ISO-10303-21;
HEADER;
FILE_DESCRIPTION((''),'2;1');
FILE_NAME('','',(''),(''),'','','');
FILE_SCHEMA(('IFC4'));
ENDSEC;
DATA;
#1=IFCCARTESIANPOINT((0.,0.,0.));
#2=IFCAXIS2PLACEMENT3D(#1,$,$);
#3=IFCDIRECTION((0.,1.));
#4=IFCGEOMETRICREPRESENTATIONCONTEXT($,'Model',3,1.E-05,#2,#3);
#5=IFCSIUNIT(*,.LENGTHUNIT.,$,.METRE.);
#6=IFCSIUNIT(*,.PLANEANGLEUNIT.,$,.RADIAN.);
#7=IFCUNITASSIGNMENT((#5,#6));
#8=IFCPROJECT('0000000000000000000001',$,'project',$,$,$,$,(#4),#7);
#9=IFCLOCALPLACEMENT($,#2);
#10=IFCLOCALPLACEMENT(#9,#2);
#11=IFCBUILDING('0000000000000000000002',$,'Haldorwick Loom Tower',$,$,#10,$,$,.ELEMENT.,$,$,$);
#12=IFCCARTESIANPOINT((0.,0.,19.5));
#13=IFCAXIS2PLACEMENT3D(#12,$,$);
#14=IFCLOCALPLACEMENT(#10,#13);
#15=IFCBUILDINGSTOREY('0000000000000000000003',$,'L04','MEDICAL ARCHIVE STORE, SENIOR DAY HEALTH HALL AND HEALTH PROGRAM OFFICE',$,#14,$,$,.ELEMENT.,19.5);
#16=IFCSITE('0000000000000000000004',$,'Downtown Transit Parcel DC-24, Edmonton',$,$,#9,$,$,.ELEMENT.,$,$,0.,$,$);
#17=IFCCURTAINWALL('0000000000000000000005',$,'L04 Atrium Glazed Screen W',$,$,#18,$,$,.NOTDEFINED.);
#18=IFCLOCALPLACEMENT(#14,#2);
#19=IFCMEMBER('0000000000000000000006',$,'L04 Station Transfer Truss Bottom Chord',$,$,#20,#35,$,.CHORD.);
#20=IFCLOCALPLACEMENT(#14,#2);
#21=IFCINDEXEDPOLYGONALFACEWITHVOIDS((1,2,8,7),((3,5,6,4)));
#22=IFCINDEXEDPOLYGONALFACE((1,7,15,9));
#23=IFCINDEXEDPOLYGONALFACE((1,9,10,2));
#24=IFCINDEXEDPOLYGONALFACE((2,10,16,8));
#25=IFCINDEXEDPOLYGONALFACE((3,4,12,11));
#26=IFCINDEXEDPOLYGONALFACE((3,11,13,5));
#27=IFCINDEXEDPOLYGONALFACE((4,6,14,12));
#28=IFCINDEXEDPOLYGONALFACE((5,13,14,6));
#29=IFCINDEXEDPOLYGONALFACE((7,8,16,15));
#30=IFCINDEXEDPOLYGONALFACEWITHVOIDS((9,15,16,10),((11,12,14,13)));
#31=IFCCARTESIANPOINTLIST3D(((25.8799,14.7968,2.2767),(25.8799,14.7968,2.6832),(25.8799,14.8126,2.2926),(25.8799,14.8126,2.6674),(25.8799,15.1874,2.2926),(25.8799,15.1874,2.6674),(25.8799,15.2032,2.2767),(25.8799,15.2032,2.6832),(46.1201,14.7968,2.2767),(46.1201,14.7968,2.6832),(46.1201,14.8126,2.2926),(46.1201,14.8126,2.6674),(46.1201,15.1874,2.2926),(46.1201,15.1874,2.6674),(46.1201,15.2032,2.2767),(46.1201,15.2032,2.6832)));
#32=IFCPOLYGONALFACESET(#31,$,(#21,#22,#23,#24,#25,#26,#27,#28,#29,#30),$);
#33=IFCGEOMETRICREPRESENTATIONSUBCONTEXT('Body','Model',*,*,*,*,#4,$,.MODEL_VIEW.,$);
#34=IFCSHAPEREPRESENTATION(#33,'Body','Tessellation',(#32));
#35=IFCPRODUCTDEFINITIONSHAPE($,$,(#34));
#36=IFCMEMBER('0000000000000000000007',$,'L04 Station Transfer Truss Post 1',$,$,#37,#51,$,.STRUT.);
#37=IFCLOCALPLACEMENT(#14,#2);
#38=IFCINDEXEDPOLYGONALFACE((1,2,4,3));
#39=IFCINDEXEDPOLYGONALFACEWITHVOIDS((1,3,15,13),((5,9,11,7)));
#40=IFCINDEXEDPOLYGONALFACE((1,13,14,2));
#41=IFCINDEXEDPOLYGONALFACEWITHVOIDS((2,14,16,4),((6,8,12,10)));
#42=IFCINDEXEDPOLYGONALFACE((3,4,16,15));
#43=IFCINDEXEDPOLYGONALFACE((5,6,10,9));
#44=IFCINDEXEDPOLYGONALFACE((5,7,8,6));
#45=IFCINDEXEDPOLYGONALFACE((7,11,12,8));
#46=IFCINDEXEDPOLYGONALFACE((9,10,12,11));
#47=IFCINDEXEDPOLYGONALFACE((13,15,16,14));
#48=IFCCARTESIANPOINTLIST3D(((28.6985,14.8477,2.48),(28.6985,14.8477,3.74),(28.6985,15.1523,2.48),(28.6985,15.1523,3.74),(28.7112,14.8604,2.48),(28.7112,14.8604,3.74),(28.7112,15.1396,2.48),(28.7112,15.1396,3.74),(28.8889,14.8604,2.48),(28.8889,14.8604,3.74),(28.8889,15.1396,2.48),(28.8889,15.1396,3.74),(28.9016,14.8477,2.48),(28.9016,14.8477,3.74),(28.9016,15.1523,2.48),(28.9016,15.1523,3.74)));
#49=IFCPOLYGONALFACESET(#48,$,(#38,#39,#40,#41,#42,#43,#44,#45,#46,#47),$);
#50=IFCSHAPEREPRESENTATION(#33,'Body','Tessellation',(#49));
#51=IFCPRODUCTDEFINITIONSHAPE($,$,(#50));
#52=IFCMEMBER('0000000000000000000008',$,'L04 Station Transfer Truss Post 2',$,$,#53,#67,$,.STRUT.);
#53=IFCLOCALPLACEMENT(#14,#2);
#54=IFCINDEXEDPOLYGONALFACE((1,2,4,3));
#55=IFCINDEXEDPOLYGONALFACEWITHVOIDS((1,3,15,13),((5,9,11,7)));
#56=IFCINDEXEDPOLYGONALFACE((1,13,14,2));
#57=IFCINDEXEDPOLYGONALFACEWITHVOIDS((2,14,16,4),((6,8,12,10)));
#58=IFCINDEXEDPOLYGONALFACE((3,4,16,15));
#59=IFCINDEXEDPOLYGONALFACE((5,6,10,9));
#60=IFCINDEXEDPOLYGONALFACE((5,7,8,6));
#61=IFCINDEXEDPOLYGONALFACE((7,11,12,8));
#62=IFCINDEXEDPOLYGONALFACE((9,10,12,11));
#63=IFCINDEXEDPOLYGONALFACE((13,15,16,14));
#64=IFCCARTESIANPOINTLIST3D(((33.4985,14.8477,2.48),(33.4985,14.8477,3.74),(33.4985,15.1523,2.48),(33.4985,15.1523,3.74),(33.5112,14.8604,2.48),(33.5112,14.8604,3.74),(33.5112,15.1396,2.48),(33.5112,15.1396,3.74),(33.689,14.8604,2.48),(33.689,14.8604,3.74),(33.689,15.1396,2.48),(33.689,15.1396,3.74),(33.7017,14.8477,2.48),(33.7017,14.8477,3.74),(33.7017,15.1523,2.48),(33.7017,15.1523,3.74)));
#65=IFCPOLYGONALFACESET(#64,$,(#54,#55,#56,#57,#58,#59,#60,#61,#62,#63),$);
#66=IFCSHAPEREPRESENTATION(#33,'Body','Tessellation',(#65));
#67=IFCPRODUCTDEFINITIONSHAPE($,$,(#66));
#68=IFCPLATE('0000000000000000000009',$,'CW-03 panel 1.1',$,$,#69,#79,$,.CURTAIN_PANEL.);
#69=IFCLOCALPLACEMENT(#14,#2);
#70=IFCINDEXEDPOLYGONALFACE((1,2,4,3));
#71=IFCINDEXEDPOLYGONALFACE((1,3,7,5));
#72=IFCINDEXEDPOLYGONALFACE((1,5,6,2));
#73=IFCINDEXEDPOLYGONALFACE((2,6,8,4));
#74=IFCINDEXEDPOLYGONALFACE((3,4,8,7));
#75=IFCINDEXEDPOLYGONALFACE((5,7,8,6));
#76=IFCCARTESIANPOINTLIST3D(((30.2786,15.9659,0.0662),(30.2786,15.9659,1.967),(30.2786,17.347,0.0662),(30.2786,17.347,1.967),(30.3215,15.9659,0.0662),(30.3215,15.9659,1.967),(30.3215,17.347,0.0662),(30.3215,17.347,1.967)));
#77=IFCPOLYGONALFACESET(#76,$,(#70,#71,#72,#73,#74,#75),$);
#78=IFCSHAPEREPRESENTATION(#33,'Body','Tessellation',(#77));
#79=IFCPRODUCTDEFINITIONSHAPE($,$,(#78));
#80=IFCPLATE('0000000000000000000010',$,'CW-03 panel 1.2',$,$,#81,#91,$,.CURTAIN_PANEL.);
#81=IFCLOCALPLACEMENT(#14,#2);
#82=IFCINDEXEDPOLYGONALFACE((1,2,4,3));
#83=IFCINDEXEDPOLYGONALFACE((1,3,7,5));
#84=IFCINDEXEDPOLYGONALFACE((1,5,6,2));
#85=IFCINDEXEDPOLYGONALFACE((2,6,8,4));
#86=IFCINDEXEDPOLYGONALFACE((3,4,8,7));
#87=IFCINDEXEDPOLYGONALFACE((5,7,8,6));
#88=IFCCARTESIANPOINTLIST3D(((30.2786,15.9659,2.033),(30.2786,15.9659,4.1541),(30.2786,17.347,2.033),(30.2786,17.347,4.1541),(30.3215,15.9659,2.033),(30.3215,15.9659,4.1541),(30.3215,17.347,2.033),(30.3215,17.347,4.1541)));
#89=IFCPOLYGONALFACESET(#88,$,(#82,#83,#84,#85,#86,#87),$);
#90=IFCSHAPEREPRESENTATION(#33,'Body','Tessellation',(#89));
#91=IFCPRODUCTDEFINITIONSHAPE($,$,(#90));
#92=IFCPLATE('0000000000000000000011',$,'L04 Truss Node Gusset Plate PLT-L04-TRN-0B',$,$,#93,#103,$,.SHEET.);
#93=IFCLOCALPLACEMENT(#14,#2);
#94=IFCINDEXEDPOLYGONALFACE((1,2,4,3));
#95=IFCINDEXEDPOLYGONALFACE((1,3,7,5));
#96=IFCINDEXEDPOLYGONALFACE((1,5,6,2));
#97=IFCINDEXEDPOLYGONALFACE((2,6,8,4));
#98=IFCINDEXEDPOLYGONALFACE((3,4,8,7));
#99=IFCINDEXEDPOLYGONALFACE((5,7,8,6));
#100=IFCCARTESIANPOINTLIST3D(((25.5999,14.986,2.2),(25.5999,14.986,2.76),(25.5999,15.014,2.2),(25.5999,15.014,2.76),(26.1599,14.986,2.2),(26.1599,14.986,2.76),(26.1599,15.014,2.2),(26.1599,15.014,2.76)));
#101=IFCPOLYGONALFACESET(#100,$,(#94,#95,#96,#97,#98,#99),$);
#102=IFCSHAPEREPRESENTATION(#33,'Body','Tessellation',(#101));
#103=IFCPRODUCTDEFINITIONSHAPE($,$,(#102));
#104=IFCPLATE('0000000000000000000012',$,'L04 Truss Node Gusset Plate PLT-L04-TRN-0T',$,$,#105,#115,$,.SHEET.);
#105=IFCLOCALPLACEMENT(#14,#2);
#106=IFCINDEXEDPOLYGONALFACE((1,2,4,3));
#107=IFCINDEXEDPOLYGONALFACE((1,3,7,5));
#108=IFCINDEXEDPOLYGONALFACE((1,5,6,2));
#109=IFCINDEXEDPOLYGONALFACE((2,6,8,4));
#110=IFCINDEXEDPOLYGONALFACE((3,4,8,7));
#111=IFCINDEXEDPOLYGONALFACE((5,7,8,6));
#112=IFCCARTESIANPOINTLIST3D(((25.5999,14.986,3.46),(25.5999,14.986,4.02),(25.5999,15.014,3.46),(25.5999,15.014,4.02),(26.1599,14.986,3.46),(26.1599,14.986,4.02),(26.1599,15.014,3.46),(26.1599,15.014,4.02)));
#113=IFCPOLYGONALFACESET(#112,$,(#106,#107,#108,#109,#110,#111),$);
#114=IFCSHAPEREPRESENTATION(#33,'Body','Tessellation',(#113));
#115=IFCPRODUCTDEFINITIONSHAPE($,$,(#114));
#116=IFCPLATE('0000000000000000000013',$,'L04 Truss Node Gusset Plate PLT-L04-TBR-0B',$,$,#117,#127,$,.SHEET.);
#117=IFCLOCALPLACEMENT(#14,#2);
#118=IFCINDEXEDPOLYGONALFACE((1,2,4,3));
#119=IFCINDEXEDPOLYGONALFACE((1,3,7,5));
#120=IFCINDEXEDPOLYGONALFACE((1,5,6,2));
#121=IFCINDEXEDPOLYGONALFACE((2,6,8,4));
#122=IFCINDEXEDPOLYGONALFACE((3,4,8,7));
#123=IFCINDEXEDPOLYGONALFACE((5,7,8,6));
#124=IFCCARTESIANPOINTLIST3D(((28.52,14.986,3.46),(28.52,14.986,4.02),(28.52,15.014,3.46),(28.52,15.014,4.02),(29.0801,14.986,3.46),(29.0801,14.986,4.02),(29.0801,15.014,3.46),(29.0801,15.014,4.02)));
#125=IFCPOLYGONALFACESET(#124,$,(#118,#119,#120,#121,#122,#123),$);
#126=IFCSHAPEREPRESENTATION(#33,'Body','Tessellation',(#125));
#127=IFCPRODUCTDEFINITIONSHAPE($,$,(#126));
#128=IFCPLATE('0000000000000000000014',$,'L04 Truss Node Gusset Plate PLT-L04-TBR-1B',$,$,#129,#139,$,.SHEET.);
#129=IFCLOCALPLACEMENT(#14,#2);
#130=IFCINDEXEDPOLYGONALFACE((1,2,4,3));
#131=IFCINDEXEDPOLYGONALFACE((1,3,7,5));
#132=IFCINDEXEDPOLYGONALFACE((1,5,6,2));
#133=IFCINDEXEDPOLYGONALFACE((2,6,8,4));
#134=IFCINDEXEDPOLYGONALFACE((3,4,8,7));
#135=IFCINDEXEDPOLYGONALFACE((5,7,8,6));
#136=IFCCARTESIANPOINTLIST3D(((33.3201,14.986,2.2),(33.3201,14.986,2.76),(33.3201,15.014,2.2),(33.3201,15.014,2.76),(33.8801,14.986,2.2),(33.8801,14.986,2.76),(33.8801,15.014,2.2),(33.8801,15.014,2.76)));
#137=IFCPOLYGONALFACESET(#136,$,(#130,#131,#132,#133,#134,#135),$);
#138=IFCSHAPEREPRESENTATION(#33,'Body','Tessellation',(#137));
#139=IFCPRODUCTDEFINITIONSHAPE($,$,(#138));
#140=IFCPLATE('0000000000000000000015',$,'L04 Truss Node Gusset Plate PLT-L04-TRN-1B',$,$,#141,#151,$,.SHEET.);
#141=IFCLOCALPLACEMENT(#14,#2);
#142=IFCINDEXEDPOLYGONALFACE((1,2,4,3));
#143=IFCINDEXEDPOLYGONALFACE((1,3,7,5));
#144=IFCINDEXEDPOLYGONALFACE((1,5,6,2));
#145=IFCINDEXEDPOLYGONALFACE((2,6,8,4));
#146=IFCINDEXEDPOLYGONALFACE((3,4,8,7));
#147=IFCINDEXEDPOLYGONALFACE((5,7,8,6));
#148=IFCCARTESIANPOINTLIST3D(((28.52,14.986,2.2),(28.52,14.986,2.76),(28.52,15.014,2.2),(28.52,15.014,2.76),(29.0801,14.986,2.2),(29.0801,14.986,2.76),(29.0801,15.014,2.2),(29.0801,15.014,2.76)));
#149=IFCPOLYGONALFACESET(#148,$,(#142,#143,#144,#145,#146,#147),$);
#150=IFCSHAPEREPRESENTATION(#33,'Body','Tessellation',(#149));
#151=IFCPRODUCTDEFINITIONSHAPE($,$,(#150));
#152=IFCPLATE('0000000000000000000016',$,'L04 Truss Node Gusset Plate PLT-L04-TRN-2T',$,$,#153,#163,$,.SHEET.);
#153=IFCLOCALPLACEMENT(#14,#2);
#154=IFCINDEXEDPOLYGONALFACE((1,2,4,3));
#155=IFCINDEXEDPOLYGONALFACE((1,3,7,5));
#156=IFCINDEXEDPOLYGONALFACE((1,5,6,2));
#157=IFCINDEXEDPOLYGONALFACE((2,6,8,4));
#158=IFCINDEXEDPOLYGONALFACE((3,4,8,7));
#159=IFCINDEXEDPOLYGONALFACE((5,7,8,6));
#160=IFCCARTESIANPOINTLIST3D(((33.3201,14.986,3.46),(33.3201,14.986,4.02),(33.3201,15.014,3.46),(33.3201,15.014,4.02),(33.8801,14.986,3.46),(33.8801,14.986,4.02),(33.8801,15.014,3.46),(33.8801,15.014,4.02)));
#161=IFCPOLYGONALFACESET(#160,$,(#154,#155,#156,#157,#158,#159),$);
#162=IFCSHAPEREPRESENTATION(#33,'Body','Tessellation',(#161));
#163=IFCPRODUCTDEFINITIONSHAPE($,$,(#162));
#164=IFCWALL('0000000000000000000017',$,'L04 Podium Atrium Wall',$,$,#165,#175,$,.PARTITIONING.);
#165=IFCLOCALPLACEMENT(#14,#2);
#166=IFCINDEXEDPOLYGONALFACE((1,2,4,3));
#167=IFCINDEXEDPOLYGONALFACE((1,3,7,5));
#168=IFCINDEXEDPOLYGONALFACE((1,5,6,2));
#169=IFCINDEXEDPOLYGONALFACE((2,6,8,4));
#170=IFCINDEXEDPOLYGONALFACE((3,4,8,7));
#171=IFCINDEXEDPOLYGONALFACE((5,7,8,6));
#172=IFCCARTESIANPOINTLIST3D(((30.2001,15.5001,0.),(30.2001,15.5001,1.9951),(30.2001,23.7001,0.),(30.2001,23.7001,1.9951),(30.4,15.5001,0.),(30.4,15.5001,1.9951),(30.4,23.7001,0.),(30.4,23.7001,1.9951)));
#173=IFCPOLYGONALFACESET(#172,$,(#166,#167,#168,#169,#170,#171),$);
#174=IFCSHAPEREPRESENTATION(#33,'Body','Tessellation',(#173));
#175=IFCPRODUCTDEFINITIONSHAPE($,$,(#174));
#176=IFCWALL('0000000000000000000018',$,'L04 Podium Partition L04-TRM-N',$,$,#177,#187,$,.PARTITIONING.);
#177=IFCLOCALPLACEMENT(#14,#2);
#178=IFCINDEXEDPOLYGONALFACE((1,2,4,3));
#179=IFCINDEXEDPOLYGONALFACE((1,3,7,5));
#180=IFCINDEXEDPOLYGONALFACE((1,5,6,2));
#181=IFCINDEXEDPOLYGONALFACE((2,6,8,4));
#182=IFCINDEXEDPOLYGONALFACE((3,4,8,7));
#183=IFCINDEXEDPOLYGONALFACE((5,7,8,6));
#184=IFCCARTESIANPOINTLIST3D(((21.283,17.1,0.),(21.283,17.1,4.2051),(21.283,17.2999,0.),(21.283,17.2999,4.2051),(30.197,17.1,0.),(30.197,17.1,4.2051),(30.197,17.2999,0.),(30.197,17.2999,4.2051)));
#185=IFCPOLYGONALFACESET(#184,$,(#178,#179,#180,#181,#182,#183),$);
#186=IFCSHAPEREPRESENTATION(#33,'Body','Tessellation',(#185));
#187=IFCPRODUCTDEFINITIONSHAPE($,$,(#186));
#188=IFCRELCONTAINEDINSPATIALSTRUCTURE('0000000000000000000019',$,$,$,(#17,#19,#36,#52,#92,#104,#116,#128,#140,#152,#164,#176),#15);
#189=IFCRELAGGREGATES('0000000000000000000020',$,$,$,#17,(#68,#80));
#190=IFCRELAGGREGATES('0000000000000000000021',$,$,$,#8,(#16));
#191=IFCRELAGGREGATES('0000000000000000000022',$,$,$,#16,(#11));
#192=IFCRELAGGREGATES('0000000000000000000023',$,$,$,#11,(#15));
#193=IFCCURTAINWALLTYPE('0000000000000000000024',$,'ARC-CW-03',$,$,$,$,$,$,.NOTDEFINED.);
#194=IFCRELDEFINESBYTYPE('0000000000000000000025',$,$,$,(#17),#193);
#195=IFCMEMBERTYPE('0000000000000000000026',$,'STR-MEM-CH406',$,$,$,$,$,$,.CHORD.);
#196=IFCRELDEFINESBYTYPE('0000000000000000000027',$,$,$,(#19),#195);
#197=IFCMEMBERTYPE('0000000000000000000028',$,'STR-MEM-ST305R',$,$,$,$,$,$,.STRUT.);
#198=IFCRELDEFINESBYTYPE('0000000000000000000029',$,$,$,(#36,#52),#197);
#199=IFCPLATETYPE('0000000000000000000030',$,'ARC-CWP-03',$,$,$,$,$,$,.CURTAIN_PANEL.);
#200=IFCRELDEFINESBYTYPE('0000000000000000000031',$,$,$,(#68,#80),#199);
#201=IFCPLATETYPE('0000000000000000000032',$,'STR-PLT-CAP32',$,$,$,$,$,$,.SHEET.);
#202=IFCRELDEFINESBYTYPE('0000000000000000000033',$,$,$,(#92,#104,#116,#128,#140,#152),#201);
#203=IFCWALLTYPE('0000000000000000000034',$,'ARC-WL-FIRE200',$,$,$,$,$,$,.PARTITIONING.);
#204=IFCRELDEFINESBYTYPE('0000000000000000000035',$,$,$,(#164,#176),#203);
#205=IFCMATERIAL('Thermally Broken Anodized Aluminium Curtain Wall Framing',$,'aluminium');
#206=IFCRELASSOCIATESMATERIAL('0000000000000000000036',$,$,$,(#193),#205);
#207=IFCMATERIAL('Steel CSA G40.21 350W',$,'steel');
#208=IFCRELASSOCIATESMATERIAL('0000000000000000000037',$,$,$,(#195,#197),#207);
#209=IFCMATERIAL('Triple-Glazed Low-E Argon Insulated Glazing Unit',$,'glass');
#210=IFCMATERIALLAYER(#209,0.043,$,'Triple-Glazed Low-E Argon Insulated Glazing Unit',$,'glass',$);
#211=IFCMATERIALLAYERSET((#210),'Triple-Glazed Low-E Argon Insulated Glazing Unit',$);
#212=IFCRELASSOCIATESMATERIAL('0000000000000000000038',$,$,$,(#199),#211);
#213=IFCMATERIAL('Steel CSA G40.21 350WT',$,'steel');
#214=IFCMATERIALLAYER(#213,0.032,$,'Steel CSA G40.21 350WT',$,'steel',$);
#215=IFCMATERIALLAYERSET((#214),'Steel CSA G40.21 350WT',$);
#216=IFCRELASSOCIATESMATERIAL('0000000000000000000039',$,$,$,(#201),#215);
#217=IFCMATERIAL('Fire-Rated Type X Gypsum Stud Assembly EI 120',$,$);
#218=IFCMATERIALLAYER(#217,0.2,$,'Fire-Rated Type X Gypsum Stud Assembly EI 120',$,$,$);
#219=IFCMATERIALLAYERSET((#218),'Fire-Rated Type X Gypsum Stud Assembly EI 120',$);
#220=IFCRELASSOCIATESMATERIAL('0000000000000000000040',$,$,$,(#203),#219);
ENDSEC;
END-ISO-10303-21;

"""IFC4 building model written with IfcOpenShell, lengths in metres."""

from ifc_helpers import new_model, si_unit, direction, frame, frame_2d, origin, origin_2d, place, context, subcontext, project, spatial, rectangle, hollow_rectangle, extrude, material, layer, layer_set, material_profile, profile_set, type_object, element, aggregate, save


model = new_model("IFC4")

# Units and contexts
model_context = context("Model", 3, precision=1e-05, world=origin(), true_north=direction((0.0, 1.0)))
body_context = subcontext(model_context, "Body", "Model", "MODEL_VIEW")
ifc_project = project(units=[si_unit("LENGTHUNIT", "METRE"), si_unit("PLANEANGLEUNIT", "RADIAN")], contexts=[model_context])

# Site, building, storey
site_placement = place(None, origin())
site = spatial("IfcSite", under=ifc_project, at=site_placement, Name="Downtown Transit Parcel DC-24, Edmonton", CompositionType="ELEMENT", RefElevation=0.0)
building_placement = place(site_placement, origin())
building = spatial("IfcBuilding", under=site, at=building_placement, Name="Haldorwick Loom Tower", CompositionType="ELEMENT")
storey_placement = place(building_placement, frame((0.0, 0.0, 19.5)))
storey = spatial("IfcBuildingStorey", under=building, at=storey_placement, Name="L04", Description="MEDICAL ARCHIVE STORE, SENIOR DAY HEALTH HALL AND HEALTH PROGRAM OFFICE", CompositionType="ELEMENT", Elevation=19.5)

# Curtain wall
ifc_material_1 = material(Name="Thermally Broken Anodized Aluminium Curtain Wall Framing", Category="aluminium")
curtain_wall_type = type_object("IfcCurtainWallType", Name="ARC-CW-03", PredefinedType="NOTDEFINED", material=ifc_material_1)
curtain_wall_placement = place(storey_placement, origin())
curtain_wall = element("IfcCurtainWall", 1, at=curtain_wall_placement, inside=storey, type_object=curtain_wall_type, Name="L04 Atrium Glazed Screen W", PredefinedType="NOTDEFINED")

# Shared definitions
ifc_material_2 = material(Name="Steel CSA G40.21 350WT", Category="steel")

# Members
ifc_material_3 = material(Name="Steel CSA G40.21 350W", Category="steel")
ifc_material_profile_1 = material_profile(ifc_material_3, hollow_rectangle(XDim=0.4065, YDim=0.4065, WallThickness=0.0159, at=origin_2d()), Name="HSS406X406X16", Category="steel")
ifc_profile_set_1 = profile_set([ifc_material_profile_1], Name="Steel CSA G40.21 350W")
member_type_1 = type_object("IfcMemberType", Name="STR-MEM-CH406", PredefinedType="CHORD", material=ifc_profile_set_1)
member_1_placement = place(storey_placement, frame((25.8799, 15.0, 2.48), z_axis=(1.0, 0.0, 0.0), x_axis=(0.0, 1.0, 0.0)))
element("IfcMember", 2, at=member_1_placement, inside=storey, type_object=member_type_1, Name="L04 Station Transfer Truss Bottom Chord", PredefinedType="CHORD", context=body_context, shape_type="SweptSolid", body=[
    extrude(hollow_rectangle(XDim=0.4065, YDim=0.4065, WallThickness=0.0159, at=origin_2d()), origin(), (0.0, 0.0, 1.0), 20.2402),
])
ifc_material_profile_2 = material_profile(ifc_material_3, hollow_rectangle(XDim=0.2031, YDim=0.3047, WallThickness=0.0127, at=origin_2d()), Name="HSS305X203X13", Category="steel")
ifc_profile_set_2 = profile_set([ifc_material_profile_2], Name="Steel CSA G40.21 350W")
member_type_2 = type_object("IfcMemberType", Name="STR-MEM-ST305R", PredefinedType="STRUT", material=ifc_profile_set_2)
for number, where, z_axis, x_axis, name in (
    (3, (28.8, 15.0, 2.48), (0.0, 0.0, 1.0), (1.0, 0.0, 0.0), "L04 Station Transfer Truss Post 1"),
    (4, (33.6001, 15.0, 2.48), (0.0, 0.0, 1.0), (1.0, 0.0, 0.0), "L04 Station Transfer Truss Post 2"),
):
    element("IfcMember", number, at=place(storey_placement, frame(where, z_axis=z_axis, x_axis=x_axis)), inside=storey, type_object=member_type_2, Name=name, PredefinedType="STRUT", context=body_context, shape_type="SweptSolid", body=[
        extrude(hollow_rectangle(XDim=0.2031, YDim=0.3047, WallThickness=0.0127, at=origin_2d()), origin(), (0.0, 0.0, 1.0), 1.26),
    ])

# Plates
ifc_material_4 = material(Name="Triple-Glazed Low-E Argon Insulated Glazing Unit", Category="glass")
ifc_layer_1 = layer(ifc_material_4, 0.043, Name="Triple-Glazed Low-E Argon Insulated Glazing Unit", Category="glass")
ifc_layer_set_1 = layer_set([ifc_layer_1], Name="Triple-Glazed Low-E Argon Insulated Glazing Unit")
plate_type_1 = type_object("IfcPlateType", Name="ARC-CWP-03", PredefinedType="CURTAIN_PANEL", material=ifc_layer_set_1)
plate_1_placement = place(storey_placement, frame((30.3, 16.6565, 0.0662), z_axis=(0.0, 0.0, 1.0), x_axis=(0.0, 1.0, 0.0)))
plate_1 = element("IfcPlate", 5, at=plate_1_placement, type_object=plate_type_1, Name="CW-03 panel 1.1", PredefinedType="CURTAIN_PANEL", context=body_context, shape_type="SweptSolid", body=[
    extrude(rectangle(XDim=1.3811, YDim=0.043, at=origin_2d()), origin(), (0.0, 0.0, 1.0), 1.9009),
])
plate_2_placement = place(storey_placement, frame((30.3, 16.6565, 2.033), z_axis=(0.0, 0.0, 1.0), x_axis=(0.0, 1.0, 0.0)))
plate_2 = element("IfcPlate", 6, at=plate_2_placement, type_object=plate_type_1, Name="CW-03 panel 1.2", PredefinedType="CURTAIN_PANEL", context=body_context, shape_type="SweptSolid", body=[
    extrude(rectangle(XDim=1.3811, YDim=0.043, at=origin_2d()), origin(), (0.0, 0.0, 1.0), 2.1211),
])
aggregate(curtain_wall, [plate_1, plate_2])

# Plates
ifc_layer_2 = layer(ifc_material_2, 0.032, Name="Steel CSA G40.21 350WT", Category="steel")
ifc_layer_set_2 = layer_set([ifc_layer_2], Name="Steel CSA G40.21 350WT")
plate_type_2 = type_object("IfcPlateType", Name="STR-PLT-CAP32", PredefinedType="SHEET", material=ifc_layer_set_2)
for number, where, z_axis, x_axis, name in (
    (7, (25.8799, 15.0, 2.2), (0.0, 0.0, 1.0), (1.0, 0.0, 0.0), "L04 Truss Node Gusset Plate PLT-L04-TRN-0B"),
    (8, (25.8799, 15.0, 3.46), (0.0, 0.0, 1.0), (1.0, 0.0, 0.0), "L04 Truss Node Gusset Plate PLT-L04-TRN-0T"),
    (9, (28.8, 15.0, 3.46), (0.0, 0.0, 1.0), (1.0, 0.0, 0.0), "L04 Truss Node Gusset Plate PLT-L04-TBR-0B"),
    (10, (33.6001, 15.0, 2.2), (0.0, 0.0, 1.0), (1.0, 0.0, 0.0), "L04 Truss Node Gusset Plate PLT-L04-TBR-1B"),
    (11, (28.8, 15.0, 2.2), (0.0, 0.0, 1.0), (1.0, 0.0, 0.0), "L04 Truss Node Gusset Plate PLT-L04-TRN-1B"),
    (12, (33.6001, 15.0, 3.46), (0.0, 0.0, 1.0), (1.0, 0.0, 0.0), "L04 Truss Node Gusset Plate PLT-L04-TRN-2T"),
):
    element("IfcPlate", number, at=place(storey_placement, frame(where, z_axis=z_axis, x_axis=x_axis)), inside=storey, type_object=plate_type_2, Name=name, PredefinedType="SHEET", context=body_context, shape_type="SweptSolid", body=[
        extrude(rectangle(XDim=0.5601, YDim=0.0281, at=origin_2d()), origin(), (0.0, 0.0, 1.0), 0.5601),
    ])

# Walls
ifc_material_5 = material(Name="Fire-Rated Type X Gypsum Stud Assembly EI 120")
ifc_layer_3 = layer(ifc_material_5, 0.2, Name="Fire-Rated Type X Gypsum Stud Assembly EI 120")
ifc_layer_set_3 = layer_set([ifc_layer_3], Name="Fire-Rated Type X Gypsum Stud Assembly EI 120")
wall_type = type_object("IfcWallType", Name="ARC-WL-FIRE200", PredefinedType="PARTITIONING", material=ifc_layer_set_3)
wall_1_placement = place(storey_placement, frame((30.3, 15.5, 0.0), z_axis=(0.0, 0.0, 1.0), x_axis=(0.0, 1.0, 0.0)))
element("IfcWall", 13, at=wall_1_placement, inside=storey, type_object=wall_type, Name="L04 Podium Atrium Wall", PredefinedType="PARTITIONING", context=body_context, shape_type="SweptSolid", body=[
    extrude(rectangle(XDim=8.2, YDim=0.2, at=frame_2d((4.1001, 0.0))), origin(), (0.0, 0.0, 1.0), 1.9951),
])
wall_2_placement = place(storey_placement, frame((21.283, 17.2, 0.0), z_axis=(0.0, 0.0, 1.0), x_axis=(1.0, 0.0, 0.0)))
element("IfcWall", 14, at=wall_2_placement, inside=storey, type_object=wall_type, Name="L04 Podium Partition L04-TRM-N", PredefinedType="PARTITIONING", context=body_context, shape_type="SweptSolid", body=[
    extrude(rectangle(XDim=8.9141, YDim=0.2, at=frame_2d((4.457, 0.0))), origin(), (0.0, 0.0, 1.0), 4.2051),
])

save(model, "model.ifc")
